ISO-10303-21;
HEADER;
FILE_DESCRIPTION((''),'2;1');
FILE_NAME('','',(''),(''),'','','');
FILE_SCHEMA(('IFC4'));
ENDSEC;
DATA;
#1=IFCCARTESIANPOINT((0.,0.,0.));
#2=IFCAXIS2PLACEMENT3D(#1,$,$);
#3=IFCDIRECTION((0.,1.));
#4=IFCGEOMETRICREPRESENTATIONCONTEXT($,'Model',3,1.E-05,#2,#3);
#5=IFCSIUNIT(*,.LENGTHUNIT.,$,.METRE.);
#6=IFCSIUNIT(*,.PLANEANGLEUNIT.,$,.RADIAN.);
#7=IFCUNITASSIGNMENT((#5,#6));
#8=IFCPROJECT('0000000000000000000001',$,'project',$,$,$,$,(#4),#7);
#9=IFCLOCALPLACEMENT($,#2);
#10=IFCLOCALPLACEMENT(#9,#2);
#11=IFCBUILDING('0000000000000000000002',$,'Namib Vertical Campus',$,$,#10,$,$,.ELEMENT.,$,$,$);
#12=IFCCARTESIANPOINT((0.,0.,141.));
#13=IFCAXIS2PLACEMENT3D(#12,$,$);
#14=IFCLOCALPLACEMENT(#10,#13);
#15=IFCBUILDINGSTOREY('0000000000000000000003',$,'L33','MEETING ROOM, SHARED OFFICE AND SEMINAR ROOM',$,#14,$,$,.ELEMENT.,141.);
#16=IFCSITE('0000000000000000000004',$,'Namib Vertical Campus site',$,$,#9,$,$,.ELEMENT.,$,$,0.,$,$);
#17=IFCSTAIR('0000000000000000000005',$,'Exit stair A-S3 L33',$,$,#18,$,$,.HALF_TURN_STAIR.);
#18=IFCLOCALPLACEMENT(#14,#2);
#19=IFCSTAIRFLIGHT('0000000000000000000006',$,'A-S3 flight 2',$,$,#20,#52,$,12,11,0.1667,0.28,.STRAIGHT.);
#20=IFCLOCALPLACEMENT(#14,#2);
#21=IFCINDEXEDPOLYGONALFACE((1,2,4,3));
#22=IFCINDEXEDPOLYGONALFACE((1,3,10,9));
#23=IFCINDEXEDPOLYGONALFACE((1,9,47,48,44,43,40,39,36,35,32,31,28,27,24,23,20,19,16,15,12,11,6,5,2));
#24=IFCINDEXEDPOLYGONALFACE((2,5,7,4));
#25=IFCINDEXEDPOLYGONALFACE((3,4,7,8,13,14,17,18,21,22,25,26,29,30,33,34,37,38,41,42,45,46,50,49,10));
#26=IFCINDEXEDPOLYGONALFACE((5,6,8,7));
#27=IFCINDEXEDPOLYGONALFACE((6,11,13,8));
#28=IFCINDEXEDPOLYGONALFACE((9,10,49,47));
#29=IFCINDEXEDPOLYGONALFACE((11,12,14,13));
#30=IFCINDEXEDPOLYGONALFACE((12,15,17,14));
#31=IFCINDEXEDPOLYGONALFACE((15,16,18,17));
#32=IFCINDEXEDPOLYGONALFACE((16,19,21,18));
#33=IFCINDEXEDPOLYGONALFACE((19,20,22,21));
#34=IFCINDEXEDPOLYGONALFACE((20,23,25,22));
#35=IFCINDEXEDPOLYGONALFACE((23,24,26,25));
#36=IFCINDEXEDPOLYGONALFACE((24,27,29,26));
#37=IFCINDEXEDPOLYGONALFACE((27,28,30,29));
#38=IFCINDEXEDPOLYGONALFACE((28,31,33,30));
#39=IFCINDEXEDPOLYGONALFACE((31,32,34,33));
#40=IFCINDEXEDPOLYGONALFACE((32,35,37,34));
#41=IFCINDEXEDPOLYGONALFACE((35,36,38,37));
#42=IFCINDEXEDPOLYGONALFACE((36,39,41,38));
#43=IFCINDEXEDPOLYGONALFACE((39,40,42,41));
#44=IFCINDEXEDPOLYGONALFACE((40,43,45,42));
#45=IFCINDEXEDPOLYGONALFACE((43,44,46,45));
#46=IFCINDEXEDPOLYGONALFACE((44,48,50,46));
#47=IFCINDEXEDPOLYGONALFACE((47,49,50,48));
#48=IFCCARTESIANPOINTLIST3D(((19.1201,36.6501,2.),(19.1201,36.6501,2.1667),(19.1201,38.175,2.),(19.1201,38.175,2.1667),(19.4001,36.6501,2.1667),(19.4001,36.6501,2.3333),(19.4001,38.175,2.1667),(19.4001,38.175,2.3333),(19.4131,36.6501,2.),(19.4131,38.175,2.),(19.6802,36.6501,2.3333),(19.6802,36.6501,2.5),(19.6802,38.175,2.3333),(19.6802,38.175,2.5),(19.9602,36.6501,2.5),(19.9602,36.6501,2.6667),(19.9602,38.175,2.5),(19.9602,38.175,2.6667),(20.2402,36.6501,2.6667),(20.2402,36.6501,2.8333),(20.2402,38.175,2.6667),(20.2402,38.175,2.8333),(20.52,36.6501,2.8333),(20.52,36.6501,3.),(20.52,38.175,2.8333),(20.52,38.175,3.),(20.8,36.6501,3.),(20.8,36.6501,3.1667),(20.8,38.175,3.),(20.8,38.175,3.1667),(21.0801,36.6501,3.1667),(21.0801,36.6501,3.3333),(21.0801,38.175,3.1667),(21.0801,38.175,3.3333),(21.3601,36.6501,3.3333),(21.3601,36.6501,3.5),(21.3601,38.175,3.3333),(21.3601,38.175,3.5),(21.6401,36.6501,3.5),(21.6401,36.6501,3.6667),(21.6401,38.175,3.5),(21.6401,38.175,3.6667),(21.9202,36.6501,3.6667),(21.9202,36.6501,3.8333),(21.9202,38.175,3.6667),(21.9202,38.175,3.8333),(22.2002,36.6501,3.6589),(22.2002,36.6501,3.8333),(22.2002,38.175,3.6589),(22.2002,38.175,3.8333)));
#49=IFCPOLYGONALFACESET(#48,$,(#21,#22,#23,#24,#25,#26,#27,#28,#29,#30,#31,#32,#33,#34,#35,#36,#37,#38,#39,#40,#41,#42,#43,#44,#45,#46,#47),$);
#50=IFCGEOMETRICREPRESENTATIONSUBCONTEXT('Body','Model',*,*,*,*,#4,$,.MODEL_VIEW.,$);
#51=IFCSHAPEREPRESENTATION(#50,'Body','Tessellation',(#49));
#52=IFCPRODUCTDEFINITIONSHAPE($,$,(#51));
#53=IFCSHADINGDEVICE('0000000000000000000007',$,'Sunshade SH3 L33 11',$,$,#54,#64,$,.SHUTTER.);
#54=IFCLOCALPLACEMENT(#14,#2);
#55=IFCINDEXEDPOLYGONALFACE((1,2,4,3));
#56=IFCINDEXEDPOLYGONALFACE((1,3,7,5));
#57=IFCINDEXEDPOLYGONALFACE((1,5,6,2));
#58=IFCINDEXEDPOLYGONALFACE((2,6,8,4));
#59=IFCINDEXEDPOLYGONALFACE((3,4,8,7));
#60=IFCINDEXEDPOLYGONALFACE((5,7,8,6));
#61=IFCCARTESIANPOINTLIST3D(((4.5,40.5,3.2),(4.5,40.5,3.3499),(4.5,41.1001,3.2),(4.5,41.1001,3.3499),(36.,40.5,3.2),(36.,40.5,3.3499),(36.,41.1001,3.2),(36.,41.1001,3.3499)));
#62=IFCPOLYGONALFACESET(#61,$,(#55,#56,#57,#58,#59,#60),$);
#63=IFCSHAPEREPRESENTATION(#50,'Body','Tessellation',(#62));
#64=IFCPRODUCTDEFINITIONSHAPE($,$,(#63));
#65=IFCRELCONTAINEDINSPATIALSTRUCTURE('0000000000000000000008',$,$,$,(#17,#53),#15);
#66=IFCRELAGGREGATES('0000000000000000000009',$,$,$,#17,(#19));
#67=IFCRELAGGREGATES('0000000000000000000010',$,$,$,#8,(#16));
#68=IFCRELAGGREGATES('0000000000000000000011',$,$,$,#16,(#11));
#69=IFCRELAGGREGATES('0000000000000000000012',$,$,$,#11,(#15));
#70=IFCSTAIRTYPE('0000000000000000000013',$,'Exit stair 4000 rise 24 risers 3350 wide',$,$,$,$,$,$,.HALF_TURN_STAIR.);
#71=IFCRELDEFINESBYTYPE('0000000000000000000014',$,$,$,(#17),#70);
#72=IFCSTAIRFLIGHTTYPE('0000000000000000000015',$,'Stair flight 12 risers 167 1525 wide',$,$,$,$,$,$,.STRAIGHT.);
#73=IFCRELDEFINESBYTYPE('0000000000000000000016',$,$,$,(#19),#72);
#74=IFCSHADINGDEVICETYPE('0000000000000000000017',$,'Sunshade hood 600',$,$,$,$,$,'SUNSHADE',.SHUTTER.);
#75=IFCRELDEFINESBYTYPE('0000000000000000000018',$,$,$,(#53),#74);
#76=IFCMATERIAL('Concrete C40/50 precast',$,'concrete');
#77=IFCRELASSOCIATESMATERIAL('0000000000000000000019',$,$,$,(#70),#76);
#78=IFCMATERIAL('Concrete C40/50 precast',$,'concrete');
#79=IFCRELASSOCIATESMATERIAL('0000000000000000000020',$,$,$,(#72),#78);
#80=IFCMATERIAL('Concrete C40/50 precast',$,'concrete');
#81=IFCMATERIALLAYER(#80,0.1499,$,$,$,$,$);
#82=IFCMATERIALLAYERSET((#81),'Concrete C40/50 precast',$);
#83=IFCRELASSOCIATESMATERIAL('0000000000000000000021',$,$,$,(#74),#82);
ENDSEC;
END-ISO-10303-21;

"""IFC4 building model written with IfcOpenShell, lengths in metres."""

from ifc_helpers import new_model, si_unit, direction, frame, origin, origin_2d, place, context, subcontext, project, spatial, polyline, rectangle, outline, extrude, material, layer, layer_set, type_object, element, aggregate, save


model = new_model("IFC4")

# Units and contexts
model_context = context("Model", 3, precision=1e-05, world=origin(), true_north=direction((0.0, 1.0)))
body_context = subcontext(model_context, "Body", "Model", "MODEL_VIEW")
ifc_project = project(units=[si_unit("LENGTHUNIT", "METRE"), si_unit("PLANEANGLEUNIT", "RADIAN")], contexts=[model_context])

# Site, building, storey
site_placement = place(None, origin())
site = spatial("IfcSite", under=ifc_project, at=site_placement, Name="Namib Vertical Campus site", CompositionType="ELEMENT", RefElevation=0.0)
building_placement = place(site_placement, origin())
building = spatial("IfcBuilding", under=site, at=building_placement, Name="Namib Vertical Campus", CompositionType="ELEMENT")
storey_placement = place(building_placement, frame((0.0, 0.0, 141.0)))
storey = spatial("IfcBuildingStorey", under=building, at=storey_placement, Name="L33", Description="MEETING ROOM, SHARED OFFICE AND SEMINAR ROOM", CompositionType="ELEMENT", Elevation=141.0)

# Stair, stair flight
ifc_material_1 = material(Name="Concrete C40/50 precast", Category="concrete")
stair_type = type_object("IfcStairType", Name="Exit stair 4000 rise 24 risers 3350 wide", PredefinedType="HALF_TURN_STAIR", material=ifc_material_1)
stair_placement = place(storey_placement, origin())
stair = element("IfcStair", 1, at=stair_placement, inside=storey, type_object=stair_type, Name="Exit stair A-S3 L33", PredefinedType="HALF_TURN_STAIR")
ifc_material_2 = material(Name="Concrete C40/50 precast", Category="concrete")
stair_flight_type = type_object("IfcStairFlightType", Name="Stair flight 12 risers 167 1525 wide", PredefinedType="STRAIGHT", material=ifc_material_2)
stair_flight_1_placement = place(storey_placement, frame((19.1201, 37.4126, 2.0), z_axis=(0.0, 0.0, 1.0), x_axis=(1.0, 0.0, 0.0)))
stair_flight_1 = element("IfcStairFlight", 2, at=stair_flight_1_placement, type_object=stair_flight_type, Name="A-S3 flight 2", NumberOfRisers=12, NumberOfTreads=11, PredefinedType="STRAIGHT", RiserHeight=0.1667, TreadLength=0.28, context=body_context, shape_type="SweptSolid", body=[
    extrude(outline(polyline([(0.0, 0.0), (0.0, 0.1667), (0.28, 0.1667), (0.28, 0.3333), (0.5601, 0.3333), (0.5601, 0.5), (0.8401, 0.5), (0.8401, 0.6667), (1.1201, 0.6667), (1.1201, 0.8333), (1.3999, 0.8333), (1.3999, 1.0), (1.6799, 1.0), (1.6799, 1.1667), (1.96, 1.1667), (1.96, 1.3333), (2.24, 1.3333), (2.24, 1.5), (2.52, 1.5), (2.52, 1.6667), (2.8, 1.6667), (2.8, 1.8333), (3.0801, 1.8333), (3.0801, 2.0), (3.0801, 1.6589), (0.293, 0.0), (0.0, 0.0)])), frame((0.0, 0.7625, 0.0), z_axis=(0.0, -1.0, 0.0), x_axis=(1.0, 0.0, 0.0)), (0.0, 0.0, 1.0), 1.5249),
])
aggregate(stair, [stair_flight_1])

# Shading device
ifc_material_3 = material(Name="Concrete C40/50 precast", Category="concrete")
ifc_layer_1 = layer(ifc_material_3, 0.1499)
ifc_layer_set_1 = layer_set([ifc_layer_1], Name="Concrete C40/50 precast")
shading_device_type = type_object("IfcShadingDeviceType", Name="Sunshade hood 600", ElementType="SUNSHADE", PredefinedType="SHUTTER", material=ifc_layer_set_1)
shading_device_placement = place(storey_placement, frame((20.25, 40.8, 3.2), z_axis=(0.0, 0.0, 1.0), x_axis=(-1.0, 0.0, 0.0)))
element("IfcShadingDevice", 3, at=shading_device_placement, inside=storey, type_object=shading_device_type, Name="Sunshade SH3 L33 11", PredefinedType="SHUTTER", context=body_context, shape_type="SweptSolid", body=[
    extrude(rectangle(XDim=31.5, YDim=0.6001, at=origin_2d()), origin(), (0.0, 0.0, 1.0), 0.1499),
])

save(model, "model.ifc")
